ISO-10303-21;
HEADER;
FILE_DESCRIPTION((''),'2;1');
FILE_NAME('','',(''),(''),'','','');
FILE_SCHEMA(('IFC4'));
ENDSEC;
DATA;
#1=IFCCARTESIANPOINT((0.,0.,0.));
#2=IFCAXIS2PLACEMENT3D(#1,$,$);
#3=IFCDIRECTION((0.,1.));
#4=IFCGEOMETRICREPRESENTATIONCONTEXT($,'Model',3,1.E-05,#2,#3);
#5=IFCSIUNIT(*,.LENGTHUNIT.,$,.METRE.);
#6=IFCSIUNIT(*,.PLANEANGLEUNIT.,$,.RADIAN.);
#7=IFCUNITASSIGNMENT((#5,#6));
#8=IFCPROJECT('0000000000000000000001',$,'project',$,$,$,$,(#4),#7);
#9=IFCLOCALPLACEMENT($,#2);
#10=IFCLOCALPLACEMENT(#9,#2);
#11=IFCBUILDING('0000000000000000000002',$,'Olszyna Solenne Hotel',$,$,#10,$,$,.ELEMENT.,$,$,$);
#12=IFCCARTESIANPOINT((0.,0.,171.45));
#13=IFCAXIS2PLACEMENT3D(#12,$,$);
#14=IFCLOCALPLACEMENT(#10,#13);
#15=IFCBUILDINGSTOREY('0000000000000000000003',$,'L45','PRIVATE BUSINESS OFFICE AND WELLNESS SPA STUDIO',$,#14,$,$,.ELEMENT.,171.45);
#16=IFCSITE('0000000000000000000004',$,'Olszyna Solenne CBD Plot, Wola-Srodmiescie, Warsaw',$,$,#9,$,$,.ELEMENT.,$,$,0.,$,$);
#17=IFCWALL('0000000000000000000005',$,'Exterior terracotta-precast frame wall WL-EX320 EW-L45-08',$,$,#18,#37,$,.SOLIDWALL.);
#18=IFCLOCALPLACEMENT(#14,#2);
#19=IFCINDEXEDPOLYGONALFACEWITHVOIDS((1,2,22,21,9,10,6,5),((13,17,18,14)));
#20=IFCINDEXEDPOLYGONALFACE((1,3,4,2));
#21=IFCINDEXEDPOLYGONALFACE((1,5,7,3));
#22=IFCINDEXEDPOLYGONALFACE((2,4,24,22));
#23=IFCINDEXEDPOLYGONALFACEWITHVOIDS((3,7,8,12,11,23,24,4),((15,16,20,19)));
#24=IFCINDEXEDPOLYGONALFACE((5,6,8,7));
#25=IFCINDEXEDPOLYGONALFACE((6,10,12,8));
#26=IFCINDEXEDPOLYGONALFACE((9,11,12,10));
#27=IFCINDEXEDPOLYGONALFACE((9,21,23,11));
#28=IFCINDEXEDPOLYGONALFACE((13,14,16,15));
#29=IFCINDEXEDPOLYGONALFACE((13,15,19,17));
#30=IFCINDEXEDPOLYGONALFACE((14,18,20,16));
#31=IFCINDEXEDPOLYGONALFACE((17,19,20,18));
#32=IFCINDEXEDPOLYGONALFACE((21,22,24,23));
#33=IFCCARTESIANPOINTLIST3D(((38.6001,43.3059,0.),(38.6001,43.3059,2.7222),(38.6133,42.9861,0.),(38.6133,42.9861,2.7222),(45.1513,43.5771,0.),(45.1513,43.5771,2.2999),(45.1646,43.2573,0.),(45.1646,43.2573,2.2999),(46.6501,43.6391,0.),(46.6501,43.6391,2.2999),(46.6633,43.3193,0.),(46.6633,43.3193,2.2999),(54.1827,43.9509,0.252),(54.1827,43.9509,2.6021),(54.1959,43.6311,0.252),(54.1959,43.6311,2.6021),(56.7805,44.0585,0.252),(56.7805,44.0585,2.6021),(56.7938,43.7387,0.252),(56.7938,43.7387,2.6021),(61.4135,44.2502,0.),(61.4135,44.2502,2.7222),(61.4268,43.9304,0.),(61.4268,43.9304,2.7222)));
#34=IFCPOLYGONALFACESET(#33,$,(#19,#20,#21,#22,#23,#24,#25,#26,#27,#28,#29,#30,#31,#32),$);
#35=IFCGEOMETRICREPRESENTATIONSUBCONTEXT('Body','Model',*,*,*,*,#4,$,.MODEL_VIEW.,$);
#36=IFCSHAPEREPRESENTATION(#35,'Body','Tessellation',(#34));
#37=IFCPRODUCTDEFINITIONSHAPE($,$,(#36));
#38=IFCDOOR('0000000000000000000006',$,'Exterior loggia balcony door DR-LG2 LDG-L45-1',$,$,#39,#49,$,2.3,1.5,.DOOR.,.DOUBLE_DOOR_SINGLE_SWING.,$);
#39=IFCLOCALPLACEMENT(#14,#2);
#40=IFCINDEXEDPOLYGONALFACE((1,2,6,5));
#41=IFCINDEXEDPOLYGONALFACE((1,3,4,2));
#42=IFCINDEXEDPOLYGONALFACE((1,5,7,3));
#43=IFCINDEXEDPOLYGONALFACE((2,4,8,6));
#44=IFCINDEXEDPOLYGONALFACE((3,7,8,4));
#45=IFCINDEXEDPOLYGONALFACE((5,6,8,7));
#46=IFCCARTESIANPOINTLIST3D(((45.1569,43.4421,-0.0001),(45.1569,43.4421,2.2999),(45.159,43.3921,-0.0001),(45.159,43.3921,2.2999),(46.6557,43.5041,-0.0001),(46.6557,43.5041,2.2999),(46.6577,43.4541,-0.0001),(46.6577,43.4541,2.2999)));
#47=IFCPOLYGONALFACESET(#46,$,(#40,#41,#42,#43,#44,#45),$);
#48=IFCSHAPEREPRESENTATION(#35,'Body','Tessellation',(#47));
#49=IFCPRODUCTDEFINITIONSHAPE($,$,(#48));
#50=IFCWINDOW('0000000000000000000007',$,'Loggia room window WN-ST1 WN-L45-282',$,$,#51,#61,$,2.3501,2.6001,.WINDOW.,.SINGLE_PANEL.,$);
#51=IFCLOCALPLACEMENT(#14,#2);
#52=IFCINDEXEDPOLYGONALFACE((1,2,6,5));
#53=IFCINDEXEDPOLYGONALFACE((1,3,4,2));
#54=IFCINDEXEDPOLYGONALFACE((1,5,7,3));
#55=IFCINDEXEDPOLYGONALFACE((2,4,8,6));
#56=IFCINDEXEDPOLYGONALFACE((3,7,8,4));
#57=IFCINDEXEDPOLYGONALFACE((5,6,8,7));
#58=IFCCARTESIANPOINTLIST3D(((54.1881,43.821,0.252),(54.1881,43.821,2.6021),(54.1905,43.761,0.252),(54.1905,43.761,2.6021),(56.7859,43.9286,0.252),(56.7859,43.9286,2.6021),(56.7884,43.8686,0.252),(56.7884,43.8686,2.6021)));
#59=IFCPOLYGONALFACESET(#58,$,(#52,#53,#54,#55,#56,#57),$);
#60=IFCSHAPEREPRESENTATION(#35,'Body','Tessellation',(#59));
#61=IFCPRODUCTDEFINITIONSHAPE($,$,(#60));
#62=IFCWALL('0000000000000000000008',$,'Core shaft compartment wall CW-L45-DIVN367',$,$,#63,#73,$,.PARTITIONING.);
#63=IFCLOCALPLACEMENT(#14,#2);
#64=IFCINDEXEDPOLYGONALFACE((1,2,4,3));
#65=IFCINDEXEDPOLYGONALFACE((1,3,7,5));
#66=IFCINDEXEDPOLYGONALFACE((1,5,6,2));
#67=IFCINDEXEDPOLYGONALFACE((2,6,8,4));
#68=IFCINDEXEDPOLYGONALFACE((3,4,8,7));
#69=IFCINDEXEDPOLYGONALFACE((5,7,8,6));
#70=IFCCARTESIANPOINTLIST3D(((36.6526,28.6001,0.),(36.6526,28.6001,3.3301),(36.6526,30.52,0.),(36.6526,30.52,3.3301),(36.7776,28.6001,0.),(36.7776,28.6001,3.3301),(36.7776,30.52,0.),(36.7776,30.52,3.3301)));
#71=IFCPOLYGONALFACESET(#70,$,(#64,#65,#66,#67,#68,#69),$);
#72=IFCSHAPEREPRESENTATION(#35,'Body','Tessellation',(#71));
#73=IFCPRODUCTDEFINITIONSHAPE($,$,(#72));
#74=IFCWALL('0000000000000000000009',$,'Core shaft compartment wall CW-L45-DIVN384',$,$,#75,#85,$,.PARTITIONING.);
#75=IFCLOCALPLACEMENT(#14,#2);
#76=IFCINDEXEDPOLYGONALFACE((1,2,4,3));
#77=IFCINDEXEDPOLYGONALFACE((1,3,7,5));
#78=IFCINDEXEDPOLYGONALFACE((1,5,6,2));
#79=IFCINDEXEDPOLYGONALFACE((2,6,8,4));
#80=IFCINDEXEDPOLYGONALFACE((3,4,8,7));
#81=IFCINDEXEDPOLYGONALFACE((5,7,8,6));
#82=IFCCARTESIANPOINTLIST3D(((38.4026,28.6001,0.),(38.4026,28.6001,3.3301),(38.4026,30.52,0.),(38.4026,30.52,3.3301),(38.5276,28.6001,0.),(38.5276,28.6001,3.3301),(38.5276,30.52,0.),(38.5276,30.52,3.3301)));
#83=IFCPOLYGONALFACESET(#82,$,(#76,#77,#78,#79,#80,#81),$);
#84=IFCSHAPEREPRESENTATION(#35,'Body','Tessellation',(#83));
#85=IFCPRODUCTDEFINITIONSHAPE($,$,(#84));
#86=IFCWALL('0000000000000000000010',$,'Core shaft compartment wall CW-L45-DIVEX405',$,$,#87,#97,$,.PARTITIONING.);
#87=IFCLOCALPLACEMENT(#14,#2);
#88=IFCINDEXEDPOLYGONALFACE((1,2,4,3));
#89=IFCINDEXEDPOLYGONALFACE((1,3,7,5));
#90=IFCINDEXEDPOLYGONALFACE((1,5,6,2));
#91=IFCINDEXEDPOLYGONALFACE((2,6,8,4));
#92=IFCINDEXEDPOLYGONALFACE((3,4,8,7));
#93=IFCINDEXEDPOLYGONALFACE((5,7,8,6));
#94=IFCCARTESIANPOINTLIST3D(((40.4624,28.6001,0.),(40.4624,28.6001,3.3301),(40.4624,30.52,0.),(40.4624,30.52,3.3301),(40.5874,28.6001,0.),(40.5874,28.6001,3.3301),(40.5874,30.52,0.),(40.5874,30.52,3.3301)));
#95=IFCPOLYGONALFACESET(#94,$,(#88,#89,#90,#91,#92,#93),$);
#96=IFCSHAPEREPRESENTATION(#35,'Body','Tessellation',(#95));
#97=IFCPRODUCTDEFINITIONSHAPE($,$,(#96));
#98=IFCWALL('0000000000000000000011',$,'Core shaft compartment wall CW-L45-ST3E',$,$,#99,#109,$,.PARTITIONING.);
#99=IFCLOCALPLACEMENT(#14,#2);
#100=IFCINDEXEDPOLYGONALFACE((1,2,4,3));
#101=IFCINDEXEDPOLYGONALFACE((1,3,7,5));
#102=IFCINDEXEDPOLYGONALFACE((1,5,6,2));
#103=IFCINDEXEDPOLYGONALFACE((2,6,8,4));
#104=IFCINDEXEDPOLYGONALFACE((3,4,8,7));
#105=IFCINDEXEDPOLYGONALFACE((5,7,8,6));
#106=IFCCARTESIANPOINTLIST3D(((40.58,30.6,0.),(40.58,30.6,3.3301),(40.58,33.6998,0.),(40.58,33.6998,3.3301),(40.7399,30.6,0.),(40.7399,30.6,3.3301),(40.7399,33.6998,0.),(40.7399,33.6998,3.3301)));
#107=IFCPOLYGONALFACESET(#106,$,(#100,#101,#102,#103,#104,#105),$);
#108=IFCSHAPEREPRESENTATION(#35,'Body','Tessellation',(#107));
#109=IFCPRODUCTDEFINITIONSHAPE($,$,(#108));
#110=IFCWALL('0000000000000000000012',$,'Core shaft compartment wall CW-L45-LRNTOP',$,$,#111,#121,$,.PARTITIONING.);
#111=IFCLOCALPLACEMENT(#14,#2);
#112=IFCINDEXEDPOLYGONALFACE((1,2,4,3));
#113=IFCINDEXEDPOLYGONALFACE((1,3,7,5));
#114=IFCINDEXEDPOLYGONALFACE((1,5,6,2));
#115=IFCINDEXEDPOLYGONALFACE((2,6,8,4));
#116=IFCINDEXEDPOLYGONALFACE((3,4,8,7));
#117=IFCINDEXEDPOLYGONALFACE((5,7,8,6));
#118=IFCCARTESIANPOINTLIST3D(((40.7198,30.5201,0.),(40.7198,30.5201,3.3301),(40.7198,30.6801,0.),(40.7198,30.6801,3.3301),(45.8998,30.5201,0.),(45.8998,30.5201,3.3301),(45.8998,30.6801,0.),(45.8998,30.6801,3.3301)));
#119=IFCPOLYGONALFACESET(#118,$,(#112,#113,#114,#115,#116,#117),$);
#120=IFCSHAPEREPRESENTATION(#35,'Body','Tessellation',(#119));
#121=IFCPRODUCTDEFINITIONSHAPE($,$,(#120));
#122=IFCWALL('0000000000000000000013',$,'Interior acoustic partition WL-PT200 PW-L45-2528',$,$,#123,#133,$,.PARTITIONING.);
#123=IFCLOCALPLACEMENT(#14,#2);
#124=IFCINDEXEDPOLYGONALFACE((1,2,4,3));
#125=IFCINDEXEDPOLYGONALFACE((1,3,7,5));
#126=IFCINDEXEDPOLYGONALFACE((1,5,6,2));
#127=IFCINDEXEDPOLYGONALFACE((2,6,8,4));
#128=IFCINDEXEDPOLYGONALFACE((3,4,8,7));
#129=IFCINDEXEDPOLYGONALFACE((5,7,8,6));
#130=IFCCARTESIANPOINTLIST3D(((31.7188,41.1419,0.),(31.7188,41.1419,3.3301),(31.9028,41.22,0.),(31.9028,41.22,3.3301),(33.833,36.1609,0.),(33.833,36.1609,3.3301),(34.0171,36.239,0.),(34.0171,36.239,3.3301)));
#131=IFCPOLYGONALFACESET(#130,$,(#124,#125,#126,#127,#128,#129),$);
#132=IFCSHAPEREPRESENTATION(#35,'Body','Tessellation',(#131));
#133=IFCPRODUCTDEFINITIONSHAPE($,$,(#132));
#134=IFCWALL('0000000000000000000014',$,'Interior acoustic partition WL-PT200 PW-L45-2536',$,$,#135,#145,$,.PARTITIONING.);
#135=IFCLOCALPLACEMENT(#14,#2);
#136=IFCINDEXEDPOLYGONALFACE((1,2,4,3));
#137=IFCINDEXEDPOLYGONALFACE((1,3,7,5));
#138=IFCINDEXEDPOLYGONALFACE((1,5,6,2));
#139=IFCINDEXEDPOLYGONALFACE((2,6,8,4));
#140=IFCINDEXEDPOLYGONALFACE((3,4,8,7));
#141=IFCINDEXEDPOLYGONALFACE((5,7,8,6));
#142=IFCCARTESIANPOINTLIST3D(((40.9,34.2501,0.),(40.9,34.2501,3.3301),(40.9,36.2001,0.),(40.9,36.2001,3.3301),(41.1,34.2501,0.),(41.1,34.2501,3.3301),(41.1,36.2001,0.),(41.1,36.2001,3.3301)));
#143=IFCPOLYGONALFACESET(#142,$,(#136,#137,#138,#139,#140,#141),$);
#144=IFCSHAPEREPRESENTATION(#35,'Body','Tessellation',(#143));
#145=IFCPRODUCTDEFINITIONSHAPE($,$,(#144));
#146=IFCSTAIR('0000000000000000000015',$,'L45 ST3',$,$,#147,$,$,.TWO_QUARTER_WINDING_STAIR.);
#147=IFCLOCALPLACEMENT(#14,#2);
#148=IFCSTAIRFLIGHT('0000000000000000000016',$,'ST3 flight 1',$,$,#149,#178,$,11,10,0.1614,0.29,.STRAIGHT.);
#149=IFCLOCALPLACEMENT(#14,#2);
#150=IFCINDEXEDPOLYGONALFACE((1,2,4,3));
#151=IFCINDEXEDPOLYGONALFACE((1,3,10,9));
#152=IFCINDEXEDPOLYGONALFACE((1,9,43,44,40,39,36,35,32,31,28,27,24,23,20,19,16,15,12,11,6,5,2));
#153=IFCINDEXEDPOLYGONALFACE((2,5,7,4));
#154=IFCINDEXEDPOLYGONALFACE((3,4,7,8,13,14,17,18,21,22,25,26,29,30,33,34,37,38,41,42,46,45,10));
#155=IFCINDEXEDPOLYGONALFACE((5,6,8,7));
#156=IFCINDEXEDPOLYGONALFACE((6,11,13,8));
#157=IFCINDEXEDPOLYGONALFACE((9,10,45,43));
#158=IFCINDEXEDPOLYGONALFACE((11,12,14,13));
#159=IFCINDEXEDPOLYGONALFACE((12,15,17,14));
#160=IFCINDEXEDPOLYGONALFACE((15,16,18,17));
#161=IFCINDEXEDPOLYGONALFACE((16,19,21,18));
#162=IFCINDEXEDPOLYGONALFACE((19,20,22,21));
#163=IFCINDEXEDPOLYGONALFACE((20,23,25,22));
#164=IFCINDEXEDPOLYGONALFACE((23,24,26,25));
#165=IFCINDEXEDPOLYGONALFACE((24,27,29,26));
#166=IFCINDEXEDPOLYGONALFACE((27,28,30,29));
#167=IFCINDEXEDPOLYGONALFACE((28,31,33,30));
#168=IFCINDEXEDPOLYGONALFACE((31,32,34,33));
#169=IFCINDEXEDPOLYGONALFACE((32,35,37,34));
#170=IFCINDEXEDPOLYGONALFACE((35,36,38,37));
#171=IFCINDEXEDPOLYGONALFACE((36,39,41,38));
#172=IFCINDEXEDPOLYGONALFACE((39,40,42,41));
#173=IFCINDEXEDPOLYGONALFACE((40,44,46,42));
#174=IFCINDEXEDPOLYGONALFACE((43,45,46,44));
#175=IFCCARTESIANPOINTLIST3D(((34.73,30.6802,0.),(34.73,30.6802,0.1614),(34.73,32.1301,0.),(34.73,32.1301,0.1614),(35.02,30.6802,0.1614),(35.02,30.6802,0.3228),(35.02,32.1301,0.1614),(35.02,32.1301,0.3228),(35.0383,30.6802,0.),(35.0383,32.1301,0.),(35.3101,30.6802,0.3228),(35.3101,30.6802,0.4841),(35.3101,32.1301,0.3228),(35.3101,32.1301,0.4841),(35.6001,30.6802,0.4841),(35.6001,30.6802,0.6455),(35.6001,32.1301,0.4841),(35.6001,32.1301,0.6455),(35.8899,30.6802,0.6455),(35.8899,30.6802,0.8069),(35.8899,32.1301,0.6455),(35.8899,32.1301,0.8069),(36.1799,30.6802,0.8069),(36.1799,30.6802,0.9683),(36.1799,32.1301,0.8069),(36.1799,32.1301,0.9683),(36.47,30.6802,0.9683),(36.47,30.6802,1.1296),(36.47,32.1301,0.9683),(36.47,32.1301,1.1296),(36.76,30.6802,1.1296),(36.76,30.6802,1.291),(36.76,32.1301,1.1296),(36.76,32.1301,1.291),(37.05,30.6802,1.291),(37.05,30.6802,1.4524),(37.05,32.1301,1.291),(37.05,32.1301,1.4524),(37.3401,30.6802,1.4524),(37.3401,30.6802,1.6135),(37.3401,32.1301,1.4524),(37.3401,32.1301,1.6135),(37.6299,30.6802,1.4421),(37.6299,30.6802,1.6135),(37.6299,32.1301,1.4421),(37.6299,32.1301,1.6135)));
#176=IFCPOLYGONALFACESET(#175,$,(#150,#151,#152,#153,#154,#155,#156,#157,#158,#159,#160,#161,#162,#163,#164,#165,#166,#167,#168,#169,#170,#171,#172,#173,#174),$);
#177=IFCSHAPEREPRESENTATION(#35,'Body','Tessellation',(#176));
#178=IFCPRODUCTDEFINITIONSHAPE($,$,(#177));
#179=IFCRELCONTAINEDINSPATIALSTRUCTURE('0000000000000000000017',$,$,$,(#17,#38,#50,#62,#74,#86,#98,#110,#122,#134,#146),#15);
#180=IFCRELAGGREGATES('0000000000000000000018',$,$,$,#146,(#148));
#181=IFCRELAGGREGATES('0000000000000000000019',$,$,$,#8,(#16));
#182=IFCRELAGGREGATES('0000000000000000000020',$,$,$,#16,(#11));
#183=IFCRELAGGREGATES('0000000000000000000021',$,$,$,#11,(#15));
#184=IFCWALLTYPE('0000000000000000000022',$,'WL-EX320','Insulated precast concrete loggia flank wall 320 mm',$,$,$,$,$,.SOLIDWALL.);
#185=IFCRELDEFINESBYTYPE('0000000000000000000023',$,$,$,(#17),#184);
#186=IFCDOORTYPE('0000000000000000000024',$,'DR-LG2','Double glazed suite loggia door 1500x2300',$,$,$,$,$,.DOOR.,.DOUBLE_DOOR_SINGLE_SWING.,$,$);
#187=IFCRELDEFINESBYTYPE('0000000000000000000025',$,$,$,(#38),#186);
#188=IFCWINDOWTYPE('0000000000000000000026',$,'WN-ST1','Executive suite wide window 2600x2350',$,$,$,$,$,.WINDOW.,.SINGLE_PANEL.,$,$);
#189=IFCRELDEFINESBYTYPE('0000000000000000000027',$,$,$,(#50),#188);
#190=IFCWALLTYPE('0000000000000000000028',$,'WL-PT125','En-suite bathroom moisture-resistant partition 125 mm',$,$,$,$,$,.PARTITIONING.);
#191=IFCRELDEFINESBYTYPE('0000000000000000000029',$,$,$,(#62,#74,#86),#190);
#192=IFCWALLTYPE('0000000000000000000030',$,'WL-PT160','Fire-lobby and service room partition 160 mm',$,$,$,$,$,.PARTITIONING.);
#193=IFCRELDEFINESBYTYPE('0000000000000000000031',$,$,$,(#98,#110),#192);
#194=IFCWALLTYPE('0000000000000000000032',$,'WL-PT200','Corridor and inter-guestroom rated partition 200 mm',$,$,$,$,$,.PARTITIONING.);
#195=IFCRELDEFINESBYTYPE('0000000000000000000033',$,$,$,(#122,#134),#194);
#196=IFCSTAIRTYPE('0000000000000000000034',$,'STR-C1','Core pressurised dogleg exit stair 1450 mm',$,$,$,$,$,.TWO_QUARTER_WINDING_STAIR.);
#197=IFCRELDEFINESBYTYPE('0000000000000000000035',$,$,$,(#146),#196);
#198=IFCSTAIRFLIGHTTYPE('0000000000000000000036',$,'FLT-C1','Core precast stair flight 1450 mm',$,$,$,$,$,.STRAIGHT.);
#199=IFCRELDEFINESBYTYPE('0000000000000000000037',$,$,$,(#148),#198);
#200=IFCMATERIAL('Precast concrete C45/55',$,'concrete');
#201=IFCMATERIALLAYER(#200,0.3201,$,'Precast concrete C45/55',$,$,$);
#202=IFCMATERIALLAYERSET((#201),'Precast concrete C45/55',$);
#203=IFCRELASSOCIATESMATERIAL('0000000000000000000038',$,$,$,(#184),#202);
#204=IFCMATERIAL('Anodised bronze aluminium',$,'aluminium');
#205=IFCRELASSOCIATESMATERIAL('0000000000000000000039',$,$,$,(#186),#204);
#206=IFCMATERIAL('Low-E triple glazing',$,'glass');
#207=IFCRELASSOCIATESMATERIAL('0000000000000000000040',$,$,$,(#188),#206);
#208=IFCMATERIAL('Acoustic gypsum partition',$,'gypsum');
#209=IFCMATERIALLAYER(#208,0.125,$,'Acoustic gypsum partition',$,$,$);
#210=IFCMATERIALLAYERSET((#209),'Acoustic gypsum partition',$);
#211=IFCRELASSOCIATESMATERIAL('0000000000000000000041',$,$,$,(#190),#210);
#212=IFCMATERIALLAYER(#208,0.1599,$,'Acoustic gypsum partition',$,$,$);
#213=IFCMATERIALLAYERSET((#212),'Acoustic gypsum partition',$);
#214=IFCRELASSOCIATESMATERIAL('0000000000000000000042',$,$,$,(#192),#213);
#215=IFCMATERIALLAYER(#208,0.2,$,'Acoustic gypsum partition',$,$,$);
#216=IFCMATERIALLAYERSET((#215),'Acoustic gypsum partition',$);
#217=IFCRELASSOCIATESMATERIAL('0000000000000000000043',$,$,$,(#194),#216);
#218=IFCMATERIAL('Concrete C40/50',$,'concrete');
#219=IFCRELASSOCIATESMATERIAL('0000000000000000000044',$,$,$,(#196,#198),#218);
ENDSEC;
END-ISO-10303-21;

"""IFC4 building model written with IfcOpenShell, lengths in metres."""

from ifc_helpers import new_model, si_unit, direction, frame, frame_2d, origin, place, context, subcontext, project, spatial, polyline, rectangle, outline, extrude, source, transform, mapped, material, layer, layer_set, type_object, type_shapes, element, fill, aggregate, save


model = new_model("IFC4")

# Units and contexts
model_context = context("Model", 3, precision=1e-05, world=origin(), true_north=direction((0.0, 1.0)))
body_context = subcontext(model_context, "Body", "Model", "MODEL_VIEW")
ifc_project = project(units=[si_unit("LENGTHUNIT", "METRE"), si_unit("PLANEANGLEUNIT", "RADIAN")], contexts=[model_context])

# Site, building, storey
site_placement = place(None, origin())
site = spatial("IfcSite", under=ifc_project, at=site_placement, Name="Olszyna Solenne CBD Plot, Wola-Srodmiescie, Warsaw", CompositionType="ELEMENT", RefElevation=0.0)
building_placement = place(site_placement, origin())
building = spatial("IfcBuilding", under=site, at=building_placement, Name="Olszyna Solenne Hotel", CompositionType="ELEMENT")
storey_placement = place(building_placement, frame((0.0, 0.0, 171.45)))
storey = spatial("IfcBuildingStorey", under=building, at=storey_placement, Name="L45", Description="PRIVATE BUSINESS OFFICE AND WELLNESS SPA STUDIO", CompositionType="ELEMENT", Elevation=171.45)

# Wall, openings, door, window
ifc_material_1 = material(Name="Precast concrete C45/55", Category="concrete")
ifc_layer_1 = layer(ifc_material_1, 0.3201, Name="Precast concrete C45/55")
ifc_layer_set_1 = layer_set([ifc_layer_1], Name="Precast concrete C45/55")
wall_type_1 = type_object("IfcWallType", Name="WL-EX320", Description="Insulated precast concrete loggia flank wall 320 mm", PredefinedType="SOLIDWALL", material=ifc_layer_set_1)
wall_1_placement = place(storey_placement, frame((38.6067, 43.146, 0.0), z_axis=(0.0, 0.0, 1.0), x_axis=(0.999144, 0.041358, 0.0)))
wall_1 = element("IfcWall", 1, at=wall_1_placement, inside=storey, type_object=wall_type_1, Name="Exterior terracotta-precast frame wall WL-EX320 EW-L45-08", PredefinedType="SOLIDWALL", context=body_context, shape_type="SweptSolid", body=[
    extrude(rectangle(XDim=22.833, YDim=0.3201, at=frame_2d((11.4165, 0.0))), origin(), (0.0, 0.0, 1.0), 2.7222),
])
opening_1_placement = place(wall_1_placement, frame((6.5569, 0.0, 0.0)))
opening_1 = element("IfcOpeningElement", 2, at=opening_1_placement, cuts=wall_1, PredefinedType="OPENING", context=body_context, shape_type="SweptSolid", body=[
    extrude(rectangle(XDim=1.5, YDim=2.3, at=frame_2d((0.75, 1.1499))), frame((0.0, 0.1699, 0.0), z_axis=(0.0, -1.0, 0.0), x_axis=(1.0, 0.0, 0.0)), (0.0, 0.0, 1.0), 0.3401),
])
opening_2_placement = place(wall_1_placement, frame((15.5959, 0.0, 0.252)))
opening_2 = element("IfcOpeningElement", 3, at=opening_2_placement, cuts=wall_1, PredefinedType="OPENING", context=body_context, shape_type="SweptSolid", body=[
    extrude(rectangle(XDim=2.6001, YDim=2.3501, at=frame_2d((1.3, 1.175))), frame((0.0, 0.1699, 0.0), z_axis=(0.0, -1.0, 0.0), x_axis=(1.0, 0.0, 0.0)), (0.0, 0.0, 1.0), 0.3401),
])
ifc_material_2 = material(Name="Anodised bronze aluminium", Category="aluminium")
door_type = type_object("IfcDoorType", Name="DR-LG2", Description="Double glazed suite loggia door 1500x2300", OperationType="DOUBLE_DOOR_SINGLE_SWING", PredefinedType="DOOR", material=ifc_material_2)
shared_shape_1 = source(origin(), body_context, "Body", "SweptSolid", [
    extrude(rectangle(XDim=1.5, YDim=2.3, at=frame_2d((0.75, 1.1499))), frame((0.0, 0.0249, 0.0), z_axis=(0.0, -1.0, 0.0), x_axis=(1.0, 0.0, 0.0)), (0.0, 0.0, 1.0), 0.05),
])
type_shapes(door_type, [shared_shape_1])
door_placement = place(opening_1_placement, origin())
door = element("IfcDoor", 4, at=door_placement, inside=storey, type_object=door_type, Name="Exterior loggia balcony door DR-LG2 LDG-L45-1", OperationType="DOUBLE_DOOR_SINGLE_SWING", OverallHeight=2.3, OverallWidth=1.5, PredefinedType="DOOR", context=body_context, shape_type="MappedRepresentation", body=[
    mapped(shared_shape_1, transform((0.0, 0.0, 0.0), x_axis=(1.0, 0.0, 0.0), y_axis=(0.0, 1.0, 0.0), z_axis=(0.0, 0.0, 1.0), scale=1.0)),
])
fill(opening_1, door)
ifc_material_3 = material(Name="Low-E triple glazing", Category="glass")
window_type = type_object("IfcWindowType", Name="WN-ST1", Description="Executive suite wide window 2600x2350", PartitioningType="SINGLE_PANEL", PredefinedType="WINDOW", material=ifc_material_3)
shared_shape_2 = source(origin(), body_context, "Body", "SweptSolid", [
    extrude(rectangle(XDim=2.6001, YDim=2.3501, at=frame_2d((1.3, 1.175))), frame((0.0, 0.03, 0.0), z_axis=(0.0, -1.0, 0.0), x_axis=(1.0, 0.0, 0.0)), (0.0, 0.0, 1.0), 0.0601),
])
type_shapes(window_type, [shared_shape_2])
window_placement = place(opening_2_placement, origin())
window = element("IfcWindow", 5, at=window_placement, inside=storey, type_object=window_type, Name="Loggia room window WN-ST1 WN-L45-282", OverallHeight=2.3501, OverallWidth=2.6001, PartitioningType="SINGLE_PANEL", PredefinedType="WINDOW", context=body_context, shape_type="MappedRepresentation", body=[
    mapped(shared_shape_2, transform((0.0, 0.0, 0.0), x_axis=(1.0, 0.0, 0.0), y_axis=(0.0, 1.0, 0.0), z_axis=(0.0, 0.0, 1.0), scale=1.0)),
])
fill(opening_2, window)

# Walls
ifc_material_4 = material(Name="Acoustic gypsum partition", Category="gypsum")
ifc_layer_2 = layer(ifc_material_4, 0.125, Name="Acoustic gypsum partition")
ifc_layer_set_2 = layer_set([ifc_layer_2], Name="Acoustic gypsum partition")
wall_type_2 = type_object("IfcWallType", Name="WL-PT125", Description="En-suite bathroom moisture-resistant partition 125 mm", PredefinedType="PARTITIONING", material=ifc_layer_set_2)
for number, where, z_axis, x_axis, name in (
    (6, (36.7151, 28.6001, 0.0), (0.0, 0.0, 1.0), (0.0, 1.0, 0.0), "Core shaft compartment wall CW-L45-DIVN367"),
    (7, (38.4651, 28.6001, 0.0), (0.0, 0.0, 1.0), (0.0, 1.0, 0.0), "Core shaft compartment wall CW-L45-DIVN384"),
    (8, (40.5249, 28.6001, 0.0), (0.0, 0.0, 1.0), (0.0, 1.0, 0.0), "Core shaft compartment wall CW-L45-DIVEX405"),
):
    element("IfcWall", number, at=place(storey_placement, frame(where, z_axis=z_axis, x_axis=x_axis)), inside=storey, type_object=wall_type_2, Name=name, PredefinedType="PARTITIONING", context=body_context, shape_type="SweptSolid", body=[
        extrude(rectangle(XDim=1.9199, YDim=0.125, at=frame_2d((0.96, 0.0))), origin(), (0.0, 0.0, 1.0), 3.3301),
    ])
ifc_layer_3 = layer(ifc_material_4, 0.1599, Name="Acoustic gypsum partition")
ifc_layer_set_3 = layer_set([ifc_layer_3], Name="Acoustic gypsum partition")
wall_type_3 = type_object("IfcWallType", Name="WL-PT160", Description="Fire-lobby and service room partition 160 mm", PredefinedType="PARTITIONING", material=ifc_layer_set_3)
wall_2_placement = place(storey_placement, frame((40.6599, 30.6001, 0.0), z_axis=(0.0, 0.0, 1.0), x_axis=(0.0, 1.0, 0.0)))
element("IfcWall", 9, at=wall_2_placement, inside=storey, type_object=wall_type_3, Name="Core shaft compartment wall CW-L45-ST3E", PredefinedType="PARTITIONING", context=body_context, shape_type="SweptSolid", body=[
    extrude(rectangle(XDim=3.0999, YDim=0.1599, at=frame_2d((1.5498, 0.0))), origin(), (0.0, 0.0, 1.0), 3.3301),
])
wall_3_placement = place(storey_placement, frame((40.72, 30.6001, 0.0), z_axis=(0.0, 0.0, 1.0), x_axis=(1.0, 0.0, 0.0)))
element("IfcWall", 10, at=wall_3_placement, inside=storey, type_object=wall_type_3, Name="Core shaft compartment wall CW-L45-LRNTOP", PredefinedType="PARTITIONING", context=body_context, shape_type="SweptSolid", body=[
    extrude(rectangle(XDim=5.1799, YDim=0.1599, at=frame_2d((2.5898, 0.0))), origin(), (0.0, 0.0, 1.0), 3.3301),
])
ifc_layer_4 = layer(ifc_material_4, 0.2, Name="Acoustic gypsum partition")
ifc_layer_set_4 = layer_set([ifc_layer_4], Name="Acoustic gypsum partition")
wall_type_4 = type_object("IfcWallType", Name="WL-PT200", Description="Corridor and inter-guestroom rated partition 200 mm", PredefinedType="PARTITIONING", material=ifc_layer_set_4)
wall_4_placement = place(storey_placement, frame((33.925, 36.2, 0.0), z_axis=(0.0, 0.0, 1.0), x_axis=(-0.390726, 0.920507, 0.0)))
element("IfcWall", 11, at=wall_4_placement, inside=storey, type_object=wall_type_4, Name="Interior acoustic partition WL-PT200 PW-L45-2528", PredefinedType="PARTITIONING", context=body_context, shape_type="SweptSolid", body=[
    extrude(rectangle(XDim=5.4111, YDim=0.2, at=frame_2d((2.7056, 0.0))), origin(), (0.0, 0.0, 1.0), 3.3301),
])
wall_5_placement = place(storey_placement, frame((41.0, 34.25, 0.0), z_axis=(0.0, 0.0, 1.0), x_axis=(0.0, 1.0, 0.0)))
element("IfcWall", 12, at=wall_5_placement, inside=storey, type_object=wall_type_4, Name="Interior acoustic partition WL-PT200 PW-L45-2536", PredefinedType="PARTITIONING", context=body_context, shape_type="SweptSolid", body=[
    extrude(rectangle(XDim=1.95, YDim=0.2, at=frame_2d((0.9751, 0.0))), origin(), (0.0, 0.0, 1.0), 3.3301),
])

# Stair, stair flight
ifc_material_5 = material(Name="Concrete C40/50", Category="concrete")
stair_type = type_object("IfcStairType", Name="STR-C1", Description="Core pressurised dogleg exit stair 1450 mm", PredefinedType="TWO_QUARTER_WINDING_STAIR", material=ifc_material_5)
stair_placement = place(storey_placement, origin())
stair = element("IfcStair", 13, at=stair_placement, inside=storey, type_object=stair_type, Name="L45 ST3", PredefinedType="TWO_QUARTER_WINDING_STAIR")
stair_flight_type = type_object("IfcStairFlightType", Name="FLT-C1", Description="Core precast stair flight 1450 mm", PredefinedType="STRAIGHT", material=ifc_material_5)
stair_flight_1_placement = place(storey_placement, frame((34.73, 31.405, 0.0), z_axis=(0.0, 0.0, 1.0), x_axis=(1.0, 0.0, 0.0)))
stair_flight_1 = element("IfcStairFlight", 14, at=stair_flight_1_placement, type_object=stair_flight_type, Name="ST3 flight 1", NumberOfRisers=11, NumberOfTreads=10, PredefinedType="STRAIGHT", RiserHeight=0.1614, TreadLength=0.29, context=body_context, shape_type="SweptSolid", body=[
    extrude(outline(polyline([(0.0, 0.0), (0.0, 0.1614), (0.29, 0.1614), (0.29, 0.3228), (0.5801, 0.3228), (0.5801, 0.4841), (0.8701, 0.4841), (0.8701, 0.6455), (1.1599, 0.6455), (1.1599, 0.8069), (1.45, 0.8069), (1.45, 0.9683), (1.74, 0.9683), (1.74, 1.1296), (2.03, 1.1296), (2.03, 1.291), (2.3201, 1.291), (2.3201, 1.4524), (2.6101, 1.4524), (2.6101, 1.6135), (2.8999, 1.6135), (2.8999, 1.7749), (2.8999, 1.4421), (0.3083, 0.0), (0.0, 0.0)])), frame((0.0, 0.7251, 0.0), z_axis=(0.0, -1.0, 0.0), x_axis=(1.0, 0.0, 0.0)), (0.0, 0.0, 1.0), 1.45),
])
aggregate(stair, [stair_flight_1])

save(model, "model.ifc")
